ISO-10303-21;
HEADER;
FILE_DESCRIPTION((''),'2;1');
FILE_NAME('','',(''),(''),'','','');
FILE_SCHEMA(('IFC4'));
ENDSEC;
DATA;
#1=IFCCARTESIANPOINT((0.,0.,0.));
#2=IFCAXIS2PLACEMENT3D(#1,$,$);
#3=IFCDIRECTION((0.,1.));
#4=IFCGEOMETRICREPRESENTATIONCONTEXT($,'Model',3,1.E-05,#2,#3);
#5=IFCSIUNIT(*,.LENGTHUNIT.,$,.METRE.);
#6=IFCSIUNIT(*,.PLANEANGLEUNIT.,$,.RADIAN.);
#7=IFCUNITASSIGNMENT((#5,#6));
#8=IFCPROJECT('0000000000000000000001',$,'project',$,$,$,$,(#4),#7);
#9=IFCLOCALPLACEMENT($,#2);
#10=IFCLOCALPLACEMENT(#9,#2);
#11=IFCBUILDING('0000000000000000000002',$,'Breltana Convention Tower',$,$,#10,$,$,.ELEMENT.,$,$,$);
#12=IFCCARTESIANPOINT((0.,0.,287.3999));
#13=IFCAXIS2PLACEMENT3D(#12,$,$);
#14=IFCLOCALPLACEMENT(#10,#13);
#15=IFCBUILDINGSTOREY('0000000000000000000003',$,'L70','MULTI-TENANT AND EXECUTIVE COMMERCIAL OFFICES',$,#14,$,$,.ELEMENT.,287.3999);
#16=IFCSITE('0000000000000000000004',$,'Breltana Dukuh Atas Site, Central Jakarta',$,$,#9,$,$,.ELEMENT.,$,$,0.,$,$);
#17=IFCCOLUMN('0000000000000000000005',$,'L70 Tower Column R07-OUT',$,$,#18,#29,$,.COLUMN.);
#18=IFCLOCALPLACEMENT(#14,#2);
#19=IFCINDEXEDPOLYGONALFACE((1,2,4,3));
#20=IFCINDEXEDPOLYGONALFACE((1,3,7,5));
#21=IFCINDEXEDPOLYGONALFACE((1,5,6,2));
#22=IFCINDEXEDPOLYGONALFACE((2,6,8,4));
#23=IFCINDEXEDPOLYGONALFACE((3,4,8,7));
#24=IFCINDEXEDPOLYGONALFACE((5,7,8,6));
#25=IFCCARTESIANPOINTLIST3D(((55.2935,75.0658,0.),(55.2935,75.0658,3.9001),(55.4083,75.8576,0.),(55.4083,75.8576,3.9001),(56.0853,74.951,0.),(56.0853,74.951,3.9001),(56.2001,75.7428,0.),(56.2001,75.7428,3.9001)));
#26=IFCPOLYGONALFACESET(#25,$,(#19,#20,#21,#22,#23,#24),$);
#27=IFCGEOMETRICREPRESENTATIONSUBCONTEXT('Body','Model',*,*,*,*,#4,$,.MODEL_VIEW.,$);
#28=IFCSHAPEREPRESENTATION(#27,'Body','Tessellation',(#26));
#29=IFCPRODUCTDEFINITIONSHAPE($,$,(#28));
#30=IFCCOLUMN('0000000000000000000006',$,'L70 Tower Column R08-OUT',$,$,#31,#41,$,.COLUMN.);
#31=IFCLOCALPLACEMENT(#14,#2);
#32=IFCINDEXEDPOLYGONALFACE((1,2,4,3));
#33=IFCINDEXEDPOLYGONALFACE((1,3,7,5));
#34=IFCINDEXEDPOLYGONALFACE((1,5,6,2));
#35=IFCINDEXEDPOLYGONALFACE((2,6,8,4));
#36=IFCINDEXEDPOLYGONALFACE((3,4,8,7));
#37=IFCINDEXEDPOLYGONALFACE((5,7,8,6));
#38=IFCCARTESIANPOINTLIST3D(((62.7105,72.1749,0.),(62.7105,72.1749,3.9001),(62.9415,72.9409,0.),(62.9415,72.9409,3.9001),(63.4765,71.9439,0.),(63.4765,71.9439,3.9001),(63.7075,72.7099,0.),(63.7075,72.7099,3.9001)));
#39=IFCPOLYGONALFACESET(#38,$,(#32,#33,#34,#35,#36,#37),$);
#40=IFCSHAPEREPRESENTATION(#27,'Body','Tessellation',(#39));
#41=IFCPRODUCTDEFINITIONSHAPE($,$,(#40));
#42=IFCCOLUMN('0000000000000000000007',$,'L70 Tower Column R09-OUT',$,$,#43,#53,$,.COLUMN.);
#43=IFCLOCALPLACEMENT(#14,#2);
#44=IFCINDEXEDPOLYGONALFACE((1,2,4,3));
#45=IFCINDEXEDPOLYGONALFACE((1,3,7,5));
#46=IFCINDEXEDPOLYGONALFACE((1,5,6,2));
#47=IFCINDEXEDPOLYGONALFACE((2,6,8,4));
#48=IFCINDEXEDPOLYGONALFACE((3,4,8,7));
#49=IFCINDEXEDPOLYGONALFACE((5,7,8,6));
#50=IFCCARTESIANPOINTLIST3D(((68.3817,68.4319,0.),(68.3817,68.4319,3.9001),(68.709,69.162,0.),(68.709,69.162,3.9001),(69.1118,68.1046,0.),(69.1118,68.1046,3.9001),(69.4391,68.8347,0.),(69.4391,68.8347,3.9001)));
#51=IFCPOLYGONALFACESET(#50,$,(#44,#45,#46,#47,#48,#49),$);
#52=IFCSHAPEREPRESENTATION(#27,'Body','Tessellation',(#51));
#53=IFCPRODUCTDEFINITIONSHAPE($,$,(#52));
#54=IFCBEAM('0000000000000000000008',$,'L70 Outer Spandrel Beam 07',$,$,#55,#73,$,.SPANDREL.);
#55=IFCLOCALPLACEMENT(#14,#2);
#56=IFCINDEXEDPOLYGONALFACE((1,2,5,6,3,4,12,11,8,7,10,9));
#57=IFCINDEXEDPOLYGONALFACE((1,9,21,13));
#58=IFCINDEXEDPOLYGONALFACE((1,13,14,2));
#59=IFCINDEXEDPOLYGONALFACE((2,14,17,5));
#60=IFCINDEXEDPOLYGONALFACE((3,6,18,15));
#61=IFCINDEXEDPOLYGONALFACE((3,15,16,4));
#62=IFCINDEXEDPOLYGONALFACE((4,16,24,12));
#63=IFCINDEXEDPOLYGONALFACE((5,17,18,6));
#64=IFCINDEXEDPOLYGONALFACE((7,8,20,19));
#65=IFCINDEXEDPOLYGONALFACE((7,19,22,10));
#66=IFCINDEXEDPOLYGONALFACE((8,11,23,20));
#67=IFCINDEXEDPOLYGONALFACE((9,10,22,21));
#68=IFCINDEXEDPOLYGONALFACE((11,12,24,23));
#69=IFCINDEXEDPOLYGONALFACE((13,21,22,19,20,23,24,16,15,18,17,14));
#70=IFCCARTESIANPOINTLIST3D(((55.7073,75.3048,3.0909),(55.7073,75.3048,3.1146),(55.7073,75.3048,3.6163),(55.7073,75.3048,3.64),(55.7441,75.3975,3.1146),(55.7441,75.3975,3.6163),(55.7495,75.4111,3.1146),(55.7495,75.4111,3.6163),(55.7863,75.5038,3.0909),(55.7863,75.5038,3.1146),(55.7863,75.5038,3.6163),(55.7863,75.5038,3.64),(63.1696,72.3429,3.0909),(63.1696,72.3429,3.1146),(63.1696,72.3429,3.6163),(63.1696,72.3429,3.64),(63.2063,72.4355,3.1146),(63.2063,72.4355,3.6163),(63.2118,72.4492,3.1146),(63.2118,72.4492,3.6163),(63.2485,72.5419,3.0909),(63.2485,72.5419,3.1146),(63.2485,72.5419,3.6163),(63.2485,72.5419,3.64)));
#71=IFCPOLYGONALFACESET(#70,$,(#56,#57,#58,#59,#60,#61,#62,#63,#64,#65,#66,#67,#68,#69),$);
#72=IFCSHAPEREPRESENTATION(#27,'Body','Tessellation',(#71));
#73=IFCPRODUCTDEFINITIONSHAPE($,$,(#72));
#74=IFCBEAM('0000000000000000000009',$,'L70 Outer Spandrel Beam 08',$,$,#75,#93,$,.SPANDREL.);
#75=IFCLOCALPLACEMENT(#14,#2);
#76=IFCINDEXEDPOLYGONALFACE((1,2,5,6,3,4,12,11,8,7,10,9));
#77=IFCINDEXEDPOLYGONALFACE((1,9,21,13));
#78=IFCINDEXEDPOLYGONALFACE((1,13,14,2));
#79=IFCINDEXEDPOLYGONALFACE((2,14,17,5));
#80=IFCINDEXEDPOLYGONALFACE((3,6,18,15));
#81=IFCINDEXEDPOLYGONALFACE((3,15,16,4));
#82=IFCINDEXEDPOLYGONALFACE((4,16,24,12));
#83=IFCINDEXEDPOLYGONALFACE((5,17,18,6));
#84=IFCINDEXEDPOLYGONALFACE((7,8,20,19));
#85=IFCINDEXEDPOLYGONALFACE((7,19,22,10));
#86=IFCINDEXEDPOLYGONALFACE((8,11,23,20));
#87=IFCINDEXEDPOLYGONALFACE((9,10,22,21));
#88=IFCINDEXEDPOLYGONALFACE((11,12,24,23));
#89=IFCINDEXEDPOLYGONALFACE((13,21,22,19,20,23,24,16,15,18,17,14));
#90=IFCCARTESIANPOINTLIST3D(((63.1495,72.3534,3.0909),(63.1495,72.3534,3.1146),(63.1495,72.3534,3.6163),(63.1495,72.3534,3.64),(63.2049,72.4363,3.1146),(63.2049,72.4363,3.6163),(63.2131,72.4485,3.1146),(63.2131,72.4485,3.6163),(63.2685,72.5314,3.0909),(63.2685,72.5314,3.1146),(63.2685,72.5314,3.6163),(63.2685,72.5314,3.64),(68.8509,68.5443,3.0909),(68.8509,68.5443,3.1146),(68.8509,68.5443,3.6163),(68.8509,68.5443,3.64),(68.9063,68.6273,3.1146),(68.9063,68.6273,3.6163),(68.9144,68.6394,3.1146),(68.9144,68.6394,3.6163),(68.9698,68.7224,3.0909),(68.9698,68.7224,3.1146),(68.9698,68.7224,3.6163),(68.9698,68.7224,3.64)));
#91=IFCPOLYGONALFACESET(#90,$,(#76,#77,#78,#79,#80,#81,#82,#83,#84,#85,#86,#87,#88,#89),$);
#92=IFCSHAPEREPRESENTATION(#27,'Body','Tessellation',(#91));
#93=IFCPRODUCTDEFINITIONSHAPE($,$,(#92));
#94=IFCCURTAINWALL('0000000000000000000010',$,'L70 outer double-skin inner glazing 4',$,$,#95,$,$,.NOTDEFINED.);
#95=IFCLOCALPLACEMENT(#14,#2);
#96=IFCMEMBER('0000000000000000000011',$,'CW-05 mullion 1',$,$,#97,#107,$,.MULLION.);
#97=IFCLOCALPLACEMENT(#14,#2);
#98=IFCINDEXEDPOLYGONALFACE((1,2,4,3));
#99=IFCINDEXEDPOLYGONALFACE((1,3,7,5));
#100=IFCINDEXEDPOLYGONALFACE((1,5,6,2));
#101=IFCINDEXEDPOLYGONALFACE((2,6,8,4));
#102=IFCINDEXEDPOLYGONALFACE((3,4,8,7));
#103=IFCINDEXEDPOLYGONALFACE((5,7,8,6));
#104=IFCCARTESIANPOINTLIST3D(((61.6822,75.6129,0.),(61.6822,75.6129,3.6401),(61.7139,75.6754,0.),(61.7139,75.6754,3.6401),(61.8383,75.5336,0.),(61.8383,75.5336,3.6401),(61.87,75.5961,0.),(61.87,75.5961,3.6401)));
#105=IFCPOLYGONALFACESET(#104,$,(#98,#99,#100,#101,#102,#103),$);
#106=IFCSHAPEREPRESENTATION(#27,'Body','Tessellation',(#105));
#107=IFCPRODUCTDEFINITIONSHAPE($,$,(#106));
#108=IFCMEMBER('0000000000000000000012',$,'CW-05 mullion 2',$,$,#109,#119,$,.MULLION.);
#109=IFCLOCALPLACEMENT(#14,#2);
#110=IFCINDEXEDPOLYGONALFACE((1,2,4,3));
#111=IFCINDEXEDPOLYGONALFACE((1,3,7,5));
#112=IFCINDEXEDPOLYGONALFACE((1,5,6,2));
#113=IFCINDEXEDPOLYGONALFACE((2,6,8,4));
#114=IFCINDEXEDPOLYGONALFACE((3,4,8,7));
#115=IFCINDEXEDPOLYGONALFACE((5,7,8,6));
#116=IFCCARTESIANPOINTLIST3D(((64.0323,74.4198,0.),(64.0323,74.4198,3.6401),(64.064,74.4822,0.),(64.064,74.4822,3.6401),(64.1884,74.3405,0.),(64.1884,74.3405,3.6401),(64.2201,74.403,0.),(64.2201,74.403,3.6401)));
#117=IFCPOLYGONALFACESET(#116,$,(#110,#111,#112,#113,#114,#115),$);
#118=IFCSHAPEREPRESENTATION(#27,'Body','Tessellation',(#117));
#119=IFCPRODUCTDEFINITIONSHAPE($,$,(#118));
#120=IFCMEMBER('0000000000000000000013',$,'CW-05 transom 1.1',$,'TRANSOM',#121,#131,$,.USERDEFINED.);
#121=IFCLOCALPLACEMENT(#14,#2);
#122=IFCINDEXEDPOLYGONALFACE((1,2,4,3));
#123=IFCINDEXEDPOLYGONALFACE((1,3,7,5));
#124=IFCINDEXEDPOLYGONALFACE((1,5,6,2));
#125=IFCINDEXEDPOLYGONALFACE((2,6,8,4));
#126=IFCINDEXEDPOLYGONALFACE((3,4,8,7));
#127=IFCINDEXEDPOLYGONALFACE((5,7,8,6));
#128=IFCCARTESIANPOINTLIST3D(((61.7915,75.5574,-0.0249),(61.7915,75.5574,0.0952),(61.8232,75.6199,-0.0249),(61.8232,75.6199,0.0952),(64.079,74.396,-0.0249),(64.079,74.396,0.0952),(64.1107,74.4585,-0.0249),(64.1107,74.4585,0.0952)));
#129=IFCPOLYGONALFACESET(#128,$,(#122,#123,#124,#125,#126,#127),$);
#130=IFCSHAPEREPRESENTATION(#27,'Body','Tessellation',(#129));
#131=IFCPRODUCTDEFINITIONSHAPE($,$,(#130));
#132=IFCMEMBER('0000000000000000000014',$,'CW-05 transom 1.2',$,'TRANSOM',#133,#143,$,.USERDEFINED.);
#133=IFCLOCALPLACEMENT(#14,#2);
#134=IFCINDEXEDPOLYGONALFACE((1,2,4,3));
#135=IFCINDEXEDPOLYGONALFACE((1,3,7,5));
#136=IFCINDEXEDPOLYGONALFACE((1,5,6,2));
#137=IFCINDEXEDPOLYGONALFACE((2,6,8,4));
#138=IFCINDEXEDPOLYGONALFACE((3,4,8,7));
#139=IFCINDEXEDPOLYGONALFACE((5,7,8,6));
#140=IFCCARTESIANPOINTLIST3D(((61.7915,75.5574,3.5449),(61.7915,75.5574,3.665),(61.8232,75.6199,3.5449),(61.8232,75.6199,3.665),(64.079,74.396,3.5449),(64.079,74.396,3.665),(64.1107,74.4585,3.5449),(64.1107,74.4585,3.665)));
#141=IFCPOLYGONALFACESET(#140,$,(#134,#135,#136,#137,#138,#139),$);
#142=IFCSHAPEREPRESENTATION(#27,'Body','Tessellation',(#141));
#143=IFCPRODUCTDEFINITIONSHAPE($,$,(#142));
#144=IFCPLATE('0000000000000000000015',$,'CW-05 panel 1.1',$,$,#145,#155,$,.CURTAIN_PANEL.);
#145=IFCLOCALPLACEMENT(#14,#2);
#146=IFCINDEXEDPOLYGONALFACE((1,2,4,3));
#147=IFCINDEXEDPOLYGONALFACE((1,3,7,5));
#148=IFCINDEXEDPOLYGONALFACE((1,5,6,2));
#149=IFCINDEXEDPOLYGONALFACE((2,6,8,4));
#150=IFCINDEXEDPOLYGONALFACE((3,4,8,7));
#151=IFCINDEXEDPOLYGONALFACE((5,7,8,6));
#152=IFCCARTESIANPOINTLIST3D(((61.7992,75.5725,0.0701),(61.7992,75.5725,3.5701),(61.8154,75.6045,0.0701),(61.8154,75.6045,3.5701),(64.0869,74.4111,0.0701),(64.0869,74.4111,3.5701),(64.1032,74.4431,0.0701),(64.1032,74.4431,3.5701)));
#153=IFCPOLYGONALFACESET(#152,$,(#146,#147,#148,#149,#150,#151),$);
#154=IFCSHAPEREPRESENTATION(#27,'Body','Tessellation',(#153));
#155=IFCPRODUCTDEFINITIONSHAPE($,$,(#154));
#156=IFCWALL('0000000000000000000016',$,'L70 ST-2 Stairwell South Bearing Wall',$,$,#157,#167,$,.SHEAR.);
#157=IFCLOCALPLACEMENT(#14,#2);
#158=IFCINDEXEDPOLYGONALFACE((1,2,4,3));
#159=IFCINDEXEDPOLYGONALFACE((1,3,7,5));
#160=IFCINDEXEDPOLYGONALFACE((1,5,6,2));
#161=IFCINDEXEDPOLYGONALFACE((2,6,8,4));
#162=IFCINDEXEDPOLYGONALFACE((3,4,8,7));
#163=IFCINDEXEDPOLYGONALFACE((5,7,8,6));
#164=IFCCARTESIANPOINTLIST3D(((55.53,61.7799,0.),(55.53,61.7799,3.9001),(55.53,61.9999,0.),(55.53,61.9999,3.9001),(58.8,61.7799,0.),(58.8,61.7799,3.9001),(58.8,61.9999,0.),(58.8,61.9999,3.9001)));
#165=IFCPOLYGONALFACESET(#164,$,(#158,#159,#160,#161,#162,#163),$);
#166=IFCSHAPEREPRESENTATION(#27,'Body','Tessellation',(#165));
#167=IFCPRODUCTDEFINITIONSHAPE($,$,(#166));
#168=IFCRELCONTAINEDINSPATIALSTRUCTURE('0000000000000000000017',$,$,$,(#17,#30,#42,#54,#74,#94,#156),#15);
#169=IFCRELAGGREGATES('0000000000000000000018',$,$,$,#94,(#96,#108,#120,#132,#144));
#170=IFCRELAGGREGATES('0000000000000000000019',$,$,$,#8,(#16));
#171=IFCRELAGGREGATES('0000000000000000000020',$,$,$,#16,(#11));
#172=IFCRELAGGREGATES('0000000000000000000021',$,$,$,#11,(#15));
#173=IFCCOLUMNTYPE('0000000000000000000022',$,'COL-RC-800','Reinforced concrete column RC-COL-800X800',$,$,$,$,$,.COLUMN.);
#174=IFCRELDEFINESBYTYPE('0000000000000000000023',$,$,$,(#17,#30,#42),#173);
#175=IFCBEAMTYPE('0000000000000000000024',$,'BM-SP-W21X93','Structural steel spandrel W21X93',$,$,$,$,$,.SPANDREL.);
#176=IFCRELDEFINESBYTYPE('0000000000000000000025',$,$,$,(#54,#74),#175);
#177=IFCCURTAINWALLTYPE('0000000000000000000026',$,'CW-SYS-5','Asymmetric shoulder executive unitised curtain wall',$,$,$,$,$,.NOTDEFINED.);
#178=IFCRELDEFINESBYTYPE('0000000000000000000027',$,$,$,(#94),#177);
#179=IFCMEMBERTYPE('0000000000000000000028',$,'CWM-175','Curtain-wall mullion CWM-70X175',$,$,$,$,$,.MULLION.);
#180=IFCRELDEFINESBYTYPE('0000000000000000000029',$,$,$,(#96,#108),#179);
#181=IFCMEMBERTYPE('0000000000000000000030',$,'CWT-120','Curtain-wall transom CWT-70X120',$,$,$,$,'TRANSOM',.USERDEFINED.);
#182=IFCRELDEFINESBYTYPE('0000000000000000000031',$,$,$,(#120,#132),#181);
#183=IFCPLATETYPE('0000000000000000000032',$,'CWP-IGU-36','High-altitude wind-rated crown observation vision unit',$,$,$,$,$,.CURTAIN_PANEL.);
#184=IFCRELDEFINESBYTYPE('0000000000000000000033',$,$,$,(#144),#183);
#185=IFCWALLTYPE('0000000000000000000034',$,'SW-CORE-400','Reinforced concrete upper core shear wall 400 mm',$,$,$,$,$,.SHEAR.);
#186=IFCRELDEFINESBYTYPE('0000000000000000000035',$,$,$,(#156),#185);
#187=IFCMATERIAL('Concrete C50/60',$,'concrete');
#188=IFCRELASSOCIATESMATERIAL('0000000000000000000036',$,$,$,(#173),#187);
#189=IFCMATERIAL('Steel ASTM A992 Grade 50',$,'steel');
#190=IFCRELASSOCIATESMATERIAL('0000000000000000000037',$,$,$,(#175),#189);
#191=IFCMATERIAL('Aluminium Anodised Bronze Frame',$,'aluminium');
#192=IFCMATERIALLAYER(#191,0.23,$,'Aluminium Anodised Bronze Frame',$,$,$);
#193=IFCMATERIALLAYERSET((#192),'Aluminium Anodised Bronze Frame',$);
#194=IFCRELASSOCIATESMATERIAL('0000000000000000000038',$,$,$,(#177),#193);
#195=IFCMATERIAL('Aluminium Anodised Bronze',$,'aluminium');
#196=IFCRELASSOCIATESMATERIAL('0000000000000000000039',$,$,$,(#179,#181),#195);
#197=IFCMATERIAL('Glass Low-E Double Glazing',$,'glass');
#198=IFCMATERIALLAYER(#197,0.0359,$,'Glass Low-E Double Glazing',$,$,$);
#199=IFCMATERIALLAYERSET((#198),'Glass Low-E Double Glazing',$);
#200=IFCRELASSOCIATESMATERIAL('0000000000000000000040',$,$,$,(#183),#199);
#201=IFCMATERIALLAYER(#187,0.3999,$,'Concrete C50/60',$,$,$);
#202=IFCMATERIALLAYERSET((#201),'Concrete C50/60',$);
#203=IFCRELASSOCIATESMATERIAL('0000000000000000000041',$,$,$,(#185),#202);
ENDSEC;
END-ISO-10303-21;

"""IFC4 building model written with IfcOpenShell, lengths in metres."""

from ifc_helpers import new_model, si_unit, direction, frame, frame_2d, origin, origin_2d, place, context, subcontext, project, spatial, rectangle, i_section, extrude, source, transform, mapped, material, layer, layer_set, material_profile, profile_set, type_object, element, aggregate, save


model = new_model("IFC4")

# Units and contexts
model_context = context("Model", 3, precision=1e-05, world=origin(), true_north=direction((0.0, 1.0)))
body_context = subcontext(model_context, "Body", "Model", "MODEL_VIEW")
ifc_project = project(units=[si_unit("LENGTHUNIT", "METRE"), si_unit("PLANEANGLEUNIT", "RADIAN")], contexts=[model_context])

# Site, building, storey
site_placement = place(None, origin())
site = spatial("IfcSite", under=ifc_project, at=site_placement, Name="Breltana Dukuh Atas Site, Central Jakarta", CompositionType="ELEMENT", RefElevation=0.0)
building_placement = place(site_placement, origin())
building = spatial("IfcBuilding", under=site, at=building_placement, Name="Breltana Convention Tower", CompositionType="ELEMENT")
storey_placement = place(building_placement, frame((0.0, 0.0, 287.3999)))
storey = spatial("IfcBuildingStorey", under=building, at=storey_placement, Name="L70", Description="MULTI-TENANT AND EXECUTIVE COMMERCIAL OFFICES", CompositionType="ELEMENT", Elevation=287.3999)

# Columns
ifc_material_1 = material(Name="Concrete C50/60", Category="concrete")
ifc_material_profile_1 = material_profile(ifc_material_1, rectangle(XDim=0.8, YDim=0.8, at=origin_2d()), Name="RC-COL-800X800")
ifc_profile_set_1 = profile_set([ifc_material_profile_1], Name="Concrete C50/60")
column_type = type_object("IfcColumnType", Name="COL-RC-800", Description="Reinforced concrete column RC-COL-800X800", PredefinedType="COLUMN", material=ifc_profile_set_1)
shared_shape_1 = source(origin(), body_context, "Body", "SweptSolid", [
    extrude(rectangle(XDim=0.8, YDim=0.8, at=origin_2d()), origin(), (0.0, 0.0, 1.0), 3.9001),
])
for number, where, z_axis, x_axis, name in (
    (1, (55.7468, 75.4043, 0.0), (0.0, 0.0, 1.0), (0.143493, 0.989651, 0.0), "L70 Tower Column R07-OUT"),
    (2, (63.209, 72.4424, 0.0), (0.0, 0.0, 1.0), (0.288698, 0.95742, 0.0), "L70 Tower Column R08-OUT"),
    (3, (68.9104, 68.6333, 0.0), (0.0, 0.0, 1.0), (0.409127, 0.912477, 0.0), "L70 Tower Column R09-OUT"),
):
    element("IfcColumn", number, at=place(storey_placement, frame(where, z_axis=z_axis, x_axis=x_axis)), inside=storey, type_object=column_type, Name=name, PredefinedType="COLUMN", context=body_context, shape_type="MappedRepresentation", body=[
        mapped(shared_shape_1, transform((0.0, 0.0, 0.0), scale=1.0)),
    ])

# Beams
ifc_material_2 = material(Name="Steel ASTM A992 Grade 50", Category="steel")
ifc_material_profile_2 = material_profile(ifc_material_2, i_section(OverallWidth=0.2141, OverallDepth=0.5491, WebThickness=0.0146, FlangeThickness=0.0237, at=origin_2d()), Name="W21X93")
ifc_profile_set_2 = profile_set([ifc_material_profile_2], Name="Steel ASTM A992 Grade 50")
beam_type = type_object("IfcBeamType", Name="BM-SP-W21X93", Description="Structural steel spandrel W21X93", PredefinedType="SPANDREL", material=ifc_profile_set_2)
shared_shape_2 = source(origin(), body_context, "Body", "SweptSolid", [
    extrude(i_section(OverallWidth=0.2141, OverallDepth=0.5491, WebThickness=0.0146, FlangeThickness=0.0237, at=origin_2d()), origin(), (0.0, 0.0, 1.0), 8.0286),
])
beam_1_placement = place(storey_placement, frame((55.7468, 75.4043, 3.3655), z_axis=(0.929459, -0.368925, 0.0), x_axis=(0.368925, 0.929459, 0.0)))
element("IfcBeam", 4, at=beam_1_placement, inside=storey, type_object=beam_type, Name="L70 Outer Spandrel Beam 07", PredefinedType="SPANDREL", context=body_context, shape_type="MappedRepresentation", body=[
    mapped(shared_shape_2, transform((0.0, 0.0, 0.0), scale=1.0)),
])
shared_shape_3 = source(origin(), body_context, "Body", "SweptSolid", [
    extrude(i_section(OverallWidth=0.2141, OverallDepth=0.5491, WebThickness=0.0146, FlangeThickness=0.0237, at=origin_2d()), origin(), (0.0, 0.0, 1.0), 6.8567),
])
beam_2_placement = place(storey_placement, frame((63.209, 72.4424, 3.3655), z_axis=(0.831502, -0.555522, 0.0), x_axis=(0.555522, 0.831502, 0.0)))
element("IfcBeam", 5, at=beam_2_placement, inside=storey, type_object=beam_type, Name="L70 Outer Spandrel Beam 08", PredefinedType="SPANDREL", context=body_context, shape_type="MappedRepresentation", body=[
    mapped(shared_shape_3, transform((0.0, 0.0, 0.0), scale=1.0)),
])

# Curtain wall, members, plate
ifc_material_3 = material(Name="Aluminium Anodised Bronze Frame", Category="aluminium")
ifc_layer_1 = layer(ifc_material_3, 0.23, Name="Aluminium Anodised Bronze Frame")
ifc_layer_set_1 = layer_set([ifc_layer_1], Name="Aluminium Anodised Bronze Frame")
curtain_wall_type = type_object("IfcCurtainWallType", Name="CW-SYS-5", Description="Asymmetric shoulder executive unitised curtain wall", PredefinedType="NOTDEFINED", material=ifc_layer_set_1)
curtain_wall_placement = place(storey_placement, origin())
curtain_wall = element("IfcCurtainWall", 6, at=curtain_wall_placement, inside=storey, type_object=curtain_wall_type, Name="L70 outer double-skin inner glazing 4", PredefinedType="NOTDEFINED")
ifc_material_4 = material(Name="Aluminium Anodised Bronze", Category="aluminium")
ifc_material_profile_3 = material_profile(ifc_material_4, rectangle(XDim=0.0701, YDim=0.175, at=origin_2d()), Name="CWM-70X175")
ifc_profile_set_3 = profile_set([ifc_material_profile_3], Name="Aluminium Anodised Bronze")
member_type_1 = type_object("IfcMemberType", Name="CWM-175", Description="Curtain-wall mullion CWM-70X175", PredefinedType="MULLION", material=ifc_profile_set_3)
shared_shape_4 = source(origin(), body_context, "Body", "SweptSolid", [
    extrude(rectangle(XDim=0.0701, YDim=0.175, at=origin_2d()), origin(), (0.0, 0.0, 1.0), 3.6401),
])
member_1_placement = place(storey_placement, frame((61.7761, 75.6045, 0.0), z_axis=(0.0, 0.0, 1.0), x_axis=(0.45269, 0.891668, 0.0)))
member_1 = element("IfcMember", 7, at=member_1_placement, type_object=member_type_1, Name="CW-05 mullion 1", PredefinedType="MULLION", context=body_context, shape_type="MappedRepresentation", body=[
    mapped(shared_shape_4, transform((0.0, 0.0, 0.0), scale=1.0)),
])
member_2_placement = place(storey_placement, frame((64.1262, 74.4114, 0.0), z_axis=(0.0, 0.0, 1.0), x_axis=(0.45269, 0.891668, 0.0)))
member_2 = element("IfcMember", 8, at=member_2_placement, type_object=member_type_1, Name="CW-05 mullion 2", PredefinedType="MULLION", context=body_context, shape_type="MappedRepresentation", body=[
    mapped(shared_shape_4, transform((0.0, 0.0, 0.0), scale=1.0)),
])
ifc_material_profile_4 = material_profile(ifc_material_4, rectangle(XDim=0.0701, YDim=0.1201, at=origin_2d()), Name="CWT-70X120")
ifc_profile_set_4 = profile_set([ifc_material_profile_4], Name="Aluminium Anodised Bronze")
member_type_2 = type_object("IfcMemberType", Name="CWT-120", Description="Curtain-wall transom CWT-70X120", ElementType="TRANSOM", PredefinedType="USERDEFINED", material=ifc_profile_set_4)
shared_shape_5 = source(origin(), body_context, "Body", "SweptSolid", [
    extrude(rectangle(XDim=0.0701, YDim=0.1201, at=origin_2d()), origin(), (0.0, 0.0, 1.0), 2.5654),
])
member_3_placement = place(storey_placement, frame((61.8074, 75.5886, 0.0352), z_axis=(0.89167, -0.452687, 0.0), x_axis=(0.452687, 0.89167, 0.0)))
member_3 = element("IfcMember", 9, at=member_3_placement, type_object=member_type_2, Name="CW-05 transom 1.1", ObjectType="TRANSOM", PredefinedType="USERDEFINED", context=body_context, shape_type="MappedRepresentation", body=[
    mapped(shared_shape_5, transform((0.0, 0.0, 0.0), scale=1.0)),
])
member_4_placement = place(storey_placement, frame((61.8074, 75.5886, 3.605), z_axis=(0.89167, -0.452687, 0.0), x_axis=(0.452687, 0.89167, 0.0)))
member_4 = element("IfcMember", 10, at=member_4_placement, type_object=member_type_2, Name="CW-05 transom 1.2", ObjectType="TRANSOM", PredefinedType="USERDEFINED", context=body_context, shape_type="MappedRepresentation", body=[
    mapped(shared_shape_5, transform((0.0, 0.0, 0.0), scale=1.0)),
])
ifc_material_5 = material(Name="Glass Low-E Double Glazing", Category="glass")
ifc_layer_2 = layer(ifc_material_5, 0.0359, Name="Glass Low-E Double Glazing")
ifc_layer_set_2 = layer_set([ifc_layer_2], Name="Glass Low-E Double Glazing")
plate_type = type_object("IfcPlateType", Name="CWP-IGU-36", Description="High-altitude wind-rated crown observation vision unit", PredefinedType="CURTAIN_PANEL", material=ifc_layer_set_2)
shared_shape_6 = source(origin(), body_context, "Body", "SweptSolid", [
    extrude(rectangle(XDim=2.5657, YDim=0.0359, at=origin_2d()), origin(), (0.0, 0.0, 1.0), 3.5),
])
plate_placement = place(storey_placement, frame((62.9512, 75.0078, 0.0701), z_axis=(0.0, 0.0, 1.0), x_axis=(0.891668, -0.45269, 0.0)))
plate = element("IfcPlate", 11, at=plate_placement, type_object=plate_type, Name="CW-05 panel 1.1", PredefinedType="CURTAIN_PANEL", context=body_context, shape_type="MappedRepresentation", body=[
    mapped(shared_shape_6, transform((0.0, 0.0, 0.0), scale=1.0)),
])
aggregate(curtain_wall, [member_1, member_2, member_3, member_4, plate])

# Wall
ifc_layer_3 = layer(ifc_material_1, 0.3999, Name="Concrete C50/60")
ifc_layer_set_3 = layer_set([ifc_layer_3], Name="Concrete C50/60")
wall_type_1 = type_object("IfcWallType", Name="SW-CORE-400", Description="Reinforced concrete upper core shear wall 400 mm", PredefinedType="SHEAR", material=ifc_layer_set_3)
shared_shape_7 = source(origin(), body_context, "Body", "SweptSolid", [
    extrude(rectangle(XDim=3.27, YDim=0.22, at=frame_2d((1.635, 0.0))), origin(), (0.0, 0.0, 1.0), 3.9001),
])
wall_1_placement = place(storey_placement, frame((55.53, 61.8899, 0.0), z_axis=(0.0, 0.0, 1.0), x_axis=(1.0, 0.0, 0.0)))
element("IfcWall", 12, at=wall_1_placement, inside=storey, type_object=wall_type_1, Name="L70 ST-2 Stairwell South Bearing Wall", PredefinedType="SHEAR", context=body_context, shape_type="MappedRepresentation", body=[
    mapped(shared_shape_7, transform((0.0, 0.0, 0.0), scale=1.0)),
])

save(model, "model.ifc")
